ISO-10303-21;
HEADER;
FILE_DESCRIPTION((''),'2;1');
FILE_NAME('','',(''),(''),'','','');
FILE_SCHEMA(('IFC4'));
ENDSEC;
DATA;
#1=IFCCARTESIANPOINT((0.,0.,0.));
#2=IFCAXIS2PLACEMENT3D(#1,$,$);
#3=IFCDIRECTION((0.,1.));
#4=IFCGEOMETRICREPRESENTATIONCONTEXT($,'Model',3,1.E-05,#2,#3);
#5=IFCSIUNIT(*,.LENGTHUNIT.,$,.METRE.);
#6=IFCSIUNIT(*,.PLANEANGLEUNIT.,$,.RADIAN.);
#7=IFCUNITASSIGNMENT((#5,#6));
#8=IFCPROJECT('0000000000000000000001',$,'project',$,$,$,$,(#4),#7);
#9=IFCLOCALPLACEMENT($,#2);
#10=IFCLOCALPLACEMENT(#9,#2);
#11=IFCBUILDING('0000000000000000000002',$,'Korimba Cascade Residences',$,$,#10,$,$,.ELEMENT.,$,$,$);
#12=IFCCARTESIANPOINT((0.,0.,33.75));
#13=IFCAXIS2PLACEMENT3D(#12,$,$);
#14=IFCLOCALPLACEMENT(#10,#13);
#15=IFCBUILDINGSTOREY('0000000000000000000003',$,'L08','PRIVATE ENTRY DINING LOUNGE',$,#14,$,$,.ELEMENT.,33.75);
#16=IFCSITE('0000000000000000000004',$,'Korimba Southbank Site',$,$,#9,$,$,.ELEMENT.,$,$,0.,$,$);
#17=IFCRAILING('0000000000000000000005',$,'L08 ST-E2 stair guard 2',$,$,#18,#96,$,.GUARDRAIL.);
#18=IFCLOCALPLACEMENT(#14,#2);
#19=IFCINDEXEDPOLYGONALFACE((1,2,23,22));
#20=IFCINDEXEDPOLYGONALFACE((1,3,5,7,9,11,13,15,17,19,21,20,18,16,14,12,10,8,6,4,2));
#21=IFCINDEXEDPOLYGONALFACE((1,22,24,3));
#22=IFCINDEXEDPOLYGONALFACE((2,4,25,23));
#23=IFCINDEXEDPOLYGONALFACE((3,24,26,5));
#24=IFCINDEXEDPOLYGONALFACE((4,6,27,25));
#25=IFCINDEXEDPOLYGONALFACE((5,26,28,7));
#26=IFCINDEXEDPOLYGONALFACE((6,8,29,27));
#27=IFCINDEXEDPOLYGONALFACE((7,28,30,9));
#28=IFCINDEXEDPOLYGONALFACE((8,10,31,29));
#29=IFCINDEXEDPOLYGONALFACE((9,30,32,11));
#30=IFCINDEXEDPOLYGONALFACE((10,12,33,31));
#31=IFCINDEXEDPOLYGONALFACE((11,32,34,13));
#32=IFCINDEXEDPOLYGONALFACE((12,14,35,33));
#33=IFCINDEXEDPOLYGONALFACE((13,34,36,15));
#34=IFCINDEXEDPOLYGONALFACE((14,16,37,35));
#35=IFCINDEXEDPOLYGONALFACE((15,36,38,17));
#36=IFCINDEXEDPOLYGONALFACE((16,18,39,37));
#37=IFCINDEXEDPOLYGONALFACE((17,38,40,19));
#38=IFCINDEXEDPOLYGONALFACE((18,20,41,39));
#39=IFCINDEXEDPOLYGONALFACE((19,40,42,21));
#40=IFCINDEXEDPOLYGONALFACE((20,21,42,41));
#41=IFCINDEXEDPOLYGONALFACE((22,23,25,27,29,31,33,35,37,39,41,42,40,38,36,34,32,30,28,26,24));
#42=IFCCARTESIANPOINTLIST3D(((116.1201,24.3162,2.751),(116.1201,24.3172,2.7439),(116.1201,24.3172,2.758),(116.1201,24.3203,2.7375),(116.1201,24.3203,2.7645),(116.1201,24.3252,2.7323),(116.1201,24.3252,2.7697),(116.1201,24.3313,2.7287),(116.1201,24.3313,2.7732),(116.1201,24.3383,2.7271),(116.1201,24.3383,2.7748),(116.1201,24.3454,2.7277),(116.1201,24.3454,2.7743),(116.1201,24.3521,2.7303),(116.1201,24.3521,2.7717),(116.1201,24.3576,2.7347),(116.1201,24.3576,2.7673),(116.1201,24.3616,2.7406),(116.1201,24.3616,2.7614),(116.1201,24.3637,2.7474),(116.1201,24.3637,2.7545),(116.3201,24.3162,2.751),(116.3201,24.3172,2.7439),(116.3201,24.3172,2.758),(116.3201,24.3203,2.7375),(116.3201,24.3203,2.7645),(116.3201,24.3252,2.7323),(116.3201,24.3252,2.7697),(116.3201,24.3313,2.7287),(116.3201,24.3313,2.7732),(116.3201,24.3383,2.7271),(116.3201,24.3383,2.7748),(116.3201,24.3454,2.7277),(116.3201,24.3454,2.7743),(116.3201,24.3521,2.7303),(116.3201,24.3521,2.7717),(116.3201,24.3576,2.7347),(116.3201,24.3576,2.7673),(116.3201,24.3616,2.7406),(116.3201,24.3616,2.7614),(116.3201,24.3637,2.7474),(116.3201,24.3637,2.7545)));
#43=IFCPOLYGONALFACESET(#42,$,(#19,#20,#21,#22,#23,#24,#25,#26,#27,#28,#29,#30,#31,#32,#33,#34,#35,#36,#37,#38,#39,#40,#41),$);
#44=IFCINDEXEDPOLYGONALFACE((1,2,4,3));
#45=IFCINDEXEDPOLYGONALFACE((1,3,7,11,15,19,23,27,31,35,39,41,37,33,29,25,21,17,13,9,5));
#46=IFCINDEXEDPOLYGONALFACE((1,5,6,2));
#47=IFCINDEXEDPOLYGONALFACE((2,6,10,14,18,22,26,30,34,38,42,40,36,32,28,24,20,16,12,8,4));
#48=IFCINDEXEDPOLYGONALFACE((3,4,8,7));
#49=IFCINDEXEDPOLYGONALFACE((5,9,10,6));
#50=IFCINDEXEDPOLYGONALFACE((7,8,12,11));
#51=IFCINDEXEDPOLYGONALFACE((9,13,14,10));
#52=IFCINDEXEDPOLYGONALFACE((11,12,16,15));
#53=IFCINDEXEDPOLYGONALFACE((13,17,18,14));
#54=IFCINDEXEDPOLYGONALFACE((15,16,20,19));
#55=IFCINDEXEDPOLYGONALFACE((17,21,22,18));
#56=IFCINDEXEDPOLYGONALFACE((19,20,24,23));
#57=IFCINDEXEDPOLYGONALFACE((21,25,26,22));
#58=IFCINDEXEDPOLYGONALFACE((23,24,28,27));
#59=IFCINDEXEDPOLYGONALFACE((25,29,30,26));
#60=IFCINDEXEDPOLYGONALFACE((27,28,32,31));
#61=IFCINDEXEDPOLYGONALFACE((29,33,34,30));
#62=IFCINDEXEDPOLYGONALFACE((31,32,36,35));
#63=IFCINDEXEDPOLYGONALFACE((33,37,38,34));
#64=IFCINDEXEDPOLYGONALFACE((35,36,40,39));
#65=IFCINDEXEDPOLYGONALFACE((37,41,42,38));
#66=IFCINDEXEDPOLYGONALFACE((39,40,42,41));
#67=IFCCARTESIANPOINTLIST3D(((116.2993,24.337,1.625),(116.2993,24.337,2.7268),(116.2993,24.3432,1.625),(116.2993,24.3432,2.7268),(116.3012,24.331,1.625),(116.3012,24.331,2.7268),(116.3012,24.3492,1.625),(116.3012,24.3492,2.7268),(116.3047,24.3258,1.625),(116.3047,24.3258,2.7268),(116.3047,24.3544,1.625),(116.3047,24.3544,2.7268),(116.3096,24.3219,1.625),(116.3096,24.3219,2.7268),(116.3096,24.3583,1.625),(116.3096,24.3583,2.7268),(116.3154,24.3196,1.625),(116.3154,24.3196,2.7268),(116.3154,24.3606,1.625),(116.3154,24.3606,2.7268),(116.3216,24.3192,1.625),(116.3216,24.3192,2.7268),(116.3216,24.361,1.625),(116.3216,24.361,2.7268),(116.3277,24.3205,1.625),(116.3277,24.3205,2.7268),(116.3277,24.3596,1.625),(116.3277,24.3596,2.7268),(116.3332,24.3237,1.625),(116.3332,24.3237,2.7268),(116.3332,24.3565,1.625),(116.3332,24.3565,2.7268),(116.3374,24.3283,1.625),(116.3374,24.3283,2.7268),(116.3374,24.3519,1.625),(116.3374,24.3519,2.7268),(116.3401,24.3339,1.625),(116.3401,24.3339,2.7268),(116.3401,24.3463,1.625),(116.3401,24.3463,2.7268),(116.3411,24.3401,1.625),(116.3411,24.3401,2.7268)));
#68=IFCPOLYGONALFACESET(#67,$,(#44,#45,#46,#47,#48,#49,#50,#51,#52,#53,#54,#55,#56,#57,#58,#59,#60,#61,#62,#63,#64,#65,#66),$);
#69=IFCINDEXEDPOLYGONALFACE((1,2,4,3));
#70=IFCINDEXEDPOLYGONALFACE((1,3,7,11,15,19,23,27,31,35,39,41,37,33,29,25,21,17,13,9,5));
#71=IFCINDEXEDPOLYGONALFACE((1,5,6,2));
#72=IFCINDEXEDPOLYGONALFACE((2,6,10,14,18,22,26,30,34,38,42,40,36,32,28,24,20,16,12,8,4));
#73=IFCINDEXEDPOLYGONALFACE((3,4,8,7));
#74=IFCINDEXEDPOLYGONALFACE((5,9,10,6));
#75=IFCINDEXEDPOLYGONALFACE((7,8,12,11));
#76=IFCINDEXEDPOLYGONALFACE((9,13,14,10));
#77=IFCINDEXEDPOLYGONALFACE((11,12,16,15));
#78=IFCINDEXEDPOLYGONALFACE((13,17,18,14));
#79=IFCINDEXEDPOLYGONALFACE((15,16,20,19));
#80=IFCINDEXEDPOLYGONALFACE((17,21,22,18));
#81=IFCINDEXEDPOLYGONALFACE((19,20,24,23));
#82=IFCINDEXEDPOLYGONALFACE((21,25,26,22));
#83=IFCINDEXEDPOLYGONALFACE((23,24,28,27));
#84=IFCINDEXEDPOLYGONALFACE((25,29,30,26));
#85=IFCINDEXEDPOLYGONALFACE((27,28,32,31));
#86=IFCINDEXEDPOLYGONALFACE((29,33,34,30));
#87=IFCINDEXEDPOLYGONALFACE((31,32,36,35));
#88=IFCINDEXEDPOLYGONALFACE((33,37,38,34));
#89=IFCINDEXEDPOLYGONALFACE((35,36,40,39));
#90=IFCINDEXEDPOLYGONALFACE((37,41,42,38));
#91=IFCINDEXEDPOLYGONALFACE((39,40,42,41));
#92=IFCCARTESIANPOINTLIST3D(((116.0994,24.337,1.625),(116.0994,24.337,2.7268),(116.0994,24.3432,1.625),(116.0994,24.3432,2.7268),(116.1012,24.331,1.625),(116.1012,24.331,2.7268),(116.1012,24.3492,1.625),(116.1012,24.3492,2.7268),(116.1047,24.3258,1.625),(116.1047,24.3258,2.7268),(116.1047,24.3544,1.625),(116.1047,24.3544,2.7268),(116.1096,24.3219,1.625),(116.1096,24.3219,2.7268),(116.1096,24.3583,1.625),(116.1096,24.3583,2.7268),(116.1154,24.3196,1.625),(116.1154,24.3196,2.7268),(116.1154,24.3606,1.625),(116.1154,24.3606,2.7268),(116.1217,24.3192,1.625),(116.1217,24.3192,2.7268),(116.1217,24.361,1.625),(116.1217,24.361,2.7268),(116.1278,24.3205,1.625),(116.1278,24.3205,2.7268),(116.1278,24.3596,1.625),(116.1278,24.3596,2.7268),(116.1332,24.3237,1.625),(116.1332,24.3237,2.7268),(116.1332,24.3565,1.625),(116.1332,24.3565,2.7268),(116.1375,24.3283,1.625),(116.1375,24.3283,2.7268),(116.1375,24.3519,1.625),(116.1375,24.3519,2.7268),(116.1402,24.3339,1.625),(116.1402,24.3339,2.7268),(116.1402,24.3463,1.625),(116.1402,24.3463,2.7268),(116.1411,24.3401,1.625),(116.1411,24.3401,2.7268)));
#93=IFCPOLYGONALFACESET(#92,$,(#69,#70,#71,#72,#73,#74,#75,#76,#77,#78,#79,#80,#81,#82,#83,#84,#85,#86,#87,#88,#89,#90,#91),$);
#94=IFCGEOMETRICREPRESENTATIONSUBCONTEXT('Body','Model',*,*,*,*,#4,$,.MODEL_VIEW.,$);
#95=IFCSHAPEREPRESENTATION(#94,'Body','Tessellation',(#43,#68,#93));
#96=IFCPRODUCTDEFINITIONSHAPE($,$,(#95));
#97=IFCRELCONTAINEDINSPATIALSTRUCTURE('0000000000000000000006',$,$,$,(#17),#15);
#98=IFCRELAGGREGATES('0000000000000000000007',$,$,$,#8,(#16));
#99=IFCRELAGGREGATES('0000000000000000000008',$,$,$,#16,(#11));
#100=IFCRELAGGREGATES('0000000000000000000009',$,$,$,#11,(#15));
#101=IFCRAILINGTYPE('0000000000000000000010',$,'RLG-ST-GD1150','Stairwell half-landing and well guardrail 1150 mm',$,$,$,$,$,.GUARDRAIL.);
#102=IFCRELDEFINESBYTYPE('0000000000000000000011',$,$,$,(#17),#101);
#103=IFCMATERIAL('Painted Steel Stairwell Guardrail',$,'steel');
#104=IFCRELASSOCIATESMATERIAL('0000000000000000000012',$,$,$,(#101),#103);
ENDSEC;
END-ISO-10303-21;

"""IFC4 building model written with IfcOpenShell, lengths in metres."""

from ifc_helpers import new_model, si_unit, direction, frame, origin, origin_2d, place, context, subcontext, project, spatial, circle, extrude, material, type_object, element, save


model = new_model("IFC4")

# Units and contexts
model_context = context("Model", 3, precision=1e-05, world=origin(), true_north=direction((0.0, 1.0)))
body_context = subcontext(model_context, "Body", "Model", "MODEL_VIEW")
ifc_project = project(units=[si_unit("LENGTHUNIT", "METRE"), si_unit("PLANEANGLEUNIT", "RADIAN")], contexts=[model_context])

# Site, building, storey
site_placement = place(None, origin())
site = spatial("IfcSite", under=ifc_project, at=site_placement, Name="Korimba Southbank Site", CompositionType="ELEMENT", RefElevation=0.0)
building_placement = place(site_placement, origin())
building = spatial("IfcBuilding", under=site, at=building_placement, Name="Korimba Cascade Residences", CompositionType="ELEMENT")
storey_placement = place(building_placement, frame((0.0, 0.0, 33.75)))
storey = spatial("IfcBuildingStorey", under=building, at=storey_placement, Name="L08", Description="PRIVATE ENTRY DINING LOUNGE", CompositionType="ELEMENT", Elevation=33.75)

# Railing
ifc_material_1 = material(Name="Painted Steel Stairwell Guardrail", Category="steel")
railing_type_1 = type_object("IfcRailingType", Name="RLG-ST-GD1150", Description="Stairwell half-landing and well guardrail 1150 mm", PredefinedType="GUARDRAIL", material=ifc_material_1)
railing_1_placement = place(storey_placement, frame((116.3201, 24.3401, 1.625)))
element("IfcRailing", 1, at=railing_1_placement, inside=storey, type_object=railing_type_1, Name="L08 ST-E2 stair guard 2", PredefinedType="GUARDRAIL", context=body_context, shape_type="SweptSolid", body=[
    extrude(circle(Radius=0.0239, at=origin_2d()), frame((0.0, 0.0, 1.126), z_axis=(-1.0, 0.0, 0.0), x_axis=(0.0, -1.0, 0.0)), (0.0, 0.0, 1.0), 0.2),
    extrude(circle(Radius=0.021, at=origin_2d()), origin(), (0.0, 0.0, 1.0), 1.1018),
    extrude(circle(Radius=0.021, at=origin_2d()), frame((-0.2, 0.0, 0.0)), (0.0, 0.0, 1.0), 1.1018),
])

save(model, "model.ifc")
